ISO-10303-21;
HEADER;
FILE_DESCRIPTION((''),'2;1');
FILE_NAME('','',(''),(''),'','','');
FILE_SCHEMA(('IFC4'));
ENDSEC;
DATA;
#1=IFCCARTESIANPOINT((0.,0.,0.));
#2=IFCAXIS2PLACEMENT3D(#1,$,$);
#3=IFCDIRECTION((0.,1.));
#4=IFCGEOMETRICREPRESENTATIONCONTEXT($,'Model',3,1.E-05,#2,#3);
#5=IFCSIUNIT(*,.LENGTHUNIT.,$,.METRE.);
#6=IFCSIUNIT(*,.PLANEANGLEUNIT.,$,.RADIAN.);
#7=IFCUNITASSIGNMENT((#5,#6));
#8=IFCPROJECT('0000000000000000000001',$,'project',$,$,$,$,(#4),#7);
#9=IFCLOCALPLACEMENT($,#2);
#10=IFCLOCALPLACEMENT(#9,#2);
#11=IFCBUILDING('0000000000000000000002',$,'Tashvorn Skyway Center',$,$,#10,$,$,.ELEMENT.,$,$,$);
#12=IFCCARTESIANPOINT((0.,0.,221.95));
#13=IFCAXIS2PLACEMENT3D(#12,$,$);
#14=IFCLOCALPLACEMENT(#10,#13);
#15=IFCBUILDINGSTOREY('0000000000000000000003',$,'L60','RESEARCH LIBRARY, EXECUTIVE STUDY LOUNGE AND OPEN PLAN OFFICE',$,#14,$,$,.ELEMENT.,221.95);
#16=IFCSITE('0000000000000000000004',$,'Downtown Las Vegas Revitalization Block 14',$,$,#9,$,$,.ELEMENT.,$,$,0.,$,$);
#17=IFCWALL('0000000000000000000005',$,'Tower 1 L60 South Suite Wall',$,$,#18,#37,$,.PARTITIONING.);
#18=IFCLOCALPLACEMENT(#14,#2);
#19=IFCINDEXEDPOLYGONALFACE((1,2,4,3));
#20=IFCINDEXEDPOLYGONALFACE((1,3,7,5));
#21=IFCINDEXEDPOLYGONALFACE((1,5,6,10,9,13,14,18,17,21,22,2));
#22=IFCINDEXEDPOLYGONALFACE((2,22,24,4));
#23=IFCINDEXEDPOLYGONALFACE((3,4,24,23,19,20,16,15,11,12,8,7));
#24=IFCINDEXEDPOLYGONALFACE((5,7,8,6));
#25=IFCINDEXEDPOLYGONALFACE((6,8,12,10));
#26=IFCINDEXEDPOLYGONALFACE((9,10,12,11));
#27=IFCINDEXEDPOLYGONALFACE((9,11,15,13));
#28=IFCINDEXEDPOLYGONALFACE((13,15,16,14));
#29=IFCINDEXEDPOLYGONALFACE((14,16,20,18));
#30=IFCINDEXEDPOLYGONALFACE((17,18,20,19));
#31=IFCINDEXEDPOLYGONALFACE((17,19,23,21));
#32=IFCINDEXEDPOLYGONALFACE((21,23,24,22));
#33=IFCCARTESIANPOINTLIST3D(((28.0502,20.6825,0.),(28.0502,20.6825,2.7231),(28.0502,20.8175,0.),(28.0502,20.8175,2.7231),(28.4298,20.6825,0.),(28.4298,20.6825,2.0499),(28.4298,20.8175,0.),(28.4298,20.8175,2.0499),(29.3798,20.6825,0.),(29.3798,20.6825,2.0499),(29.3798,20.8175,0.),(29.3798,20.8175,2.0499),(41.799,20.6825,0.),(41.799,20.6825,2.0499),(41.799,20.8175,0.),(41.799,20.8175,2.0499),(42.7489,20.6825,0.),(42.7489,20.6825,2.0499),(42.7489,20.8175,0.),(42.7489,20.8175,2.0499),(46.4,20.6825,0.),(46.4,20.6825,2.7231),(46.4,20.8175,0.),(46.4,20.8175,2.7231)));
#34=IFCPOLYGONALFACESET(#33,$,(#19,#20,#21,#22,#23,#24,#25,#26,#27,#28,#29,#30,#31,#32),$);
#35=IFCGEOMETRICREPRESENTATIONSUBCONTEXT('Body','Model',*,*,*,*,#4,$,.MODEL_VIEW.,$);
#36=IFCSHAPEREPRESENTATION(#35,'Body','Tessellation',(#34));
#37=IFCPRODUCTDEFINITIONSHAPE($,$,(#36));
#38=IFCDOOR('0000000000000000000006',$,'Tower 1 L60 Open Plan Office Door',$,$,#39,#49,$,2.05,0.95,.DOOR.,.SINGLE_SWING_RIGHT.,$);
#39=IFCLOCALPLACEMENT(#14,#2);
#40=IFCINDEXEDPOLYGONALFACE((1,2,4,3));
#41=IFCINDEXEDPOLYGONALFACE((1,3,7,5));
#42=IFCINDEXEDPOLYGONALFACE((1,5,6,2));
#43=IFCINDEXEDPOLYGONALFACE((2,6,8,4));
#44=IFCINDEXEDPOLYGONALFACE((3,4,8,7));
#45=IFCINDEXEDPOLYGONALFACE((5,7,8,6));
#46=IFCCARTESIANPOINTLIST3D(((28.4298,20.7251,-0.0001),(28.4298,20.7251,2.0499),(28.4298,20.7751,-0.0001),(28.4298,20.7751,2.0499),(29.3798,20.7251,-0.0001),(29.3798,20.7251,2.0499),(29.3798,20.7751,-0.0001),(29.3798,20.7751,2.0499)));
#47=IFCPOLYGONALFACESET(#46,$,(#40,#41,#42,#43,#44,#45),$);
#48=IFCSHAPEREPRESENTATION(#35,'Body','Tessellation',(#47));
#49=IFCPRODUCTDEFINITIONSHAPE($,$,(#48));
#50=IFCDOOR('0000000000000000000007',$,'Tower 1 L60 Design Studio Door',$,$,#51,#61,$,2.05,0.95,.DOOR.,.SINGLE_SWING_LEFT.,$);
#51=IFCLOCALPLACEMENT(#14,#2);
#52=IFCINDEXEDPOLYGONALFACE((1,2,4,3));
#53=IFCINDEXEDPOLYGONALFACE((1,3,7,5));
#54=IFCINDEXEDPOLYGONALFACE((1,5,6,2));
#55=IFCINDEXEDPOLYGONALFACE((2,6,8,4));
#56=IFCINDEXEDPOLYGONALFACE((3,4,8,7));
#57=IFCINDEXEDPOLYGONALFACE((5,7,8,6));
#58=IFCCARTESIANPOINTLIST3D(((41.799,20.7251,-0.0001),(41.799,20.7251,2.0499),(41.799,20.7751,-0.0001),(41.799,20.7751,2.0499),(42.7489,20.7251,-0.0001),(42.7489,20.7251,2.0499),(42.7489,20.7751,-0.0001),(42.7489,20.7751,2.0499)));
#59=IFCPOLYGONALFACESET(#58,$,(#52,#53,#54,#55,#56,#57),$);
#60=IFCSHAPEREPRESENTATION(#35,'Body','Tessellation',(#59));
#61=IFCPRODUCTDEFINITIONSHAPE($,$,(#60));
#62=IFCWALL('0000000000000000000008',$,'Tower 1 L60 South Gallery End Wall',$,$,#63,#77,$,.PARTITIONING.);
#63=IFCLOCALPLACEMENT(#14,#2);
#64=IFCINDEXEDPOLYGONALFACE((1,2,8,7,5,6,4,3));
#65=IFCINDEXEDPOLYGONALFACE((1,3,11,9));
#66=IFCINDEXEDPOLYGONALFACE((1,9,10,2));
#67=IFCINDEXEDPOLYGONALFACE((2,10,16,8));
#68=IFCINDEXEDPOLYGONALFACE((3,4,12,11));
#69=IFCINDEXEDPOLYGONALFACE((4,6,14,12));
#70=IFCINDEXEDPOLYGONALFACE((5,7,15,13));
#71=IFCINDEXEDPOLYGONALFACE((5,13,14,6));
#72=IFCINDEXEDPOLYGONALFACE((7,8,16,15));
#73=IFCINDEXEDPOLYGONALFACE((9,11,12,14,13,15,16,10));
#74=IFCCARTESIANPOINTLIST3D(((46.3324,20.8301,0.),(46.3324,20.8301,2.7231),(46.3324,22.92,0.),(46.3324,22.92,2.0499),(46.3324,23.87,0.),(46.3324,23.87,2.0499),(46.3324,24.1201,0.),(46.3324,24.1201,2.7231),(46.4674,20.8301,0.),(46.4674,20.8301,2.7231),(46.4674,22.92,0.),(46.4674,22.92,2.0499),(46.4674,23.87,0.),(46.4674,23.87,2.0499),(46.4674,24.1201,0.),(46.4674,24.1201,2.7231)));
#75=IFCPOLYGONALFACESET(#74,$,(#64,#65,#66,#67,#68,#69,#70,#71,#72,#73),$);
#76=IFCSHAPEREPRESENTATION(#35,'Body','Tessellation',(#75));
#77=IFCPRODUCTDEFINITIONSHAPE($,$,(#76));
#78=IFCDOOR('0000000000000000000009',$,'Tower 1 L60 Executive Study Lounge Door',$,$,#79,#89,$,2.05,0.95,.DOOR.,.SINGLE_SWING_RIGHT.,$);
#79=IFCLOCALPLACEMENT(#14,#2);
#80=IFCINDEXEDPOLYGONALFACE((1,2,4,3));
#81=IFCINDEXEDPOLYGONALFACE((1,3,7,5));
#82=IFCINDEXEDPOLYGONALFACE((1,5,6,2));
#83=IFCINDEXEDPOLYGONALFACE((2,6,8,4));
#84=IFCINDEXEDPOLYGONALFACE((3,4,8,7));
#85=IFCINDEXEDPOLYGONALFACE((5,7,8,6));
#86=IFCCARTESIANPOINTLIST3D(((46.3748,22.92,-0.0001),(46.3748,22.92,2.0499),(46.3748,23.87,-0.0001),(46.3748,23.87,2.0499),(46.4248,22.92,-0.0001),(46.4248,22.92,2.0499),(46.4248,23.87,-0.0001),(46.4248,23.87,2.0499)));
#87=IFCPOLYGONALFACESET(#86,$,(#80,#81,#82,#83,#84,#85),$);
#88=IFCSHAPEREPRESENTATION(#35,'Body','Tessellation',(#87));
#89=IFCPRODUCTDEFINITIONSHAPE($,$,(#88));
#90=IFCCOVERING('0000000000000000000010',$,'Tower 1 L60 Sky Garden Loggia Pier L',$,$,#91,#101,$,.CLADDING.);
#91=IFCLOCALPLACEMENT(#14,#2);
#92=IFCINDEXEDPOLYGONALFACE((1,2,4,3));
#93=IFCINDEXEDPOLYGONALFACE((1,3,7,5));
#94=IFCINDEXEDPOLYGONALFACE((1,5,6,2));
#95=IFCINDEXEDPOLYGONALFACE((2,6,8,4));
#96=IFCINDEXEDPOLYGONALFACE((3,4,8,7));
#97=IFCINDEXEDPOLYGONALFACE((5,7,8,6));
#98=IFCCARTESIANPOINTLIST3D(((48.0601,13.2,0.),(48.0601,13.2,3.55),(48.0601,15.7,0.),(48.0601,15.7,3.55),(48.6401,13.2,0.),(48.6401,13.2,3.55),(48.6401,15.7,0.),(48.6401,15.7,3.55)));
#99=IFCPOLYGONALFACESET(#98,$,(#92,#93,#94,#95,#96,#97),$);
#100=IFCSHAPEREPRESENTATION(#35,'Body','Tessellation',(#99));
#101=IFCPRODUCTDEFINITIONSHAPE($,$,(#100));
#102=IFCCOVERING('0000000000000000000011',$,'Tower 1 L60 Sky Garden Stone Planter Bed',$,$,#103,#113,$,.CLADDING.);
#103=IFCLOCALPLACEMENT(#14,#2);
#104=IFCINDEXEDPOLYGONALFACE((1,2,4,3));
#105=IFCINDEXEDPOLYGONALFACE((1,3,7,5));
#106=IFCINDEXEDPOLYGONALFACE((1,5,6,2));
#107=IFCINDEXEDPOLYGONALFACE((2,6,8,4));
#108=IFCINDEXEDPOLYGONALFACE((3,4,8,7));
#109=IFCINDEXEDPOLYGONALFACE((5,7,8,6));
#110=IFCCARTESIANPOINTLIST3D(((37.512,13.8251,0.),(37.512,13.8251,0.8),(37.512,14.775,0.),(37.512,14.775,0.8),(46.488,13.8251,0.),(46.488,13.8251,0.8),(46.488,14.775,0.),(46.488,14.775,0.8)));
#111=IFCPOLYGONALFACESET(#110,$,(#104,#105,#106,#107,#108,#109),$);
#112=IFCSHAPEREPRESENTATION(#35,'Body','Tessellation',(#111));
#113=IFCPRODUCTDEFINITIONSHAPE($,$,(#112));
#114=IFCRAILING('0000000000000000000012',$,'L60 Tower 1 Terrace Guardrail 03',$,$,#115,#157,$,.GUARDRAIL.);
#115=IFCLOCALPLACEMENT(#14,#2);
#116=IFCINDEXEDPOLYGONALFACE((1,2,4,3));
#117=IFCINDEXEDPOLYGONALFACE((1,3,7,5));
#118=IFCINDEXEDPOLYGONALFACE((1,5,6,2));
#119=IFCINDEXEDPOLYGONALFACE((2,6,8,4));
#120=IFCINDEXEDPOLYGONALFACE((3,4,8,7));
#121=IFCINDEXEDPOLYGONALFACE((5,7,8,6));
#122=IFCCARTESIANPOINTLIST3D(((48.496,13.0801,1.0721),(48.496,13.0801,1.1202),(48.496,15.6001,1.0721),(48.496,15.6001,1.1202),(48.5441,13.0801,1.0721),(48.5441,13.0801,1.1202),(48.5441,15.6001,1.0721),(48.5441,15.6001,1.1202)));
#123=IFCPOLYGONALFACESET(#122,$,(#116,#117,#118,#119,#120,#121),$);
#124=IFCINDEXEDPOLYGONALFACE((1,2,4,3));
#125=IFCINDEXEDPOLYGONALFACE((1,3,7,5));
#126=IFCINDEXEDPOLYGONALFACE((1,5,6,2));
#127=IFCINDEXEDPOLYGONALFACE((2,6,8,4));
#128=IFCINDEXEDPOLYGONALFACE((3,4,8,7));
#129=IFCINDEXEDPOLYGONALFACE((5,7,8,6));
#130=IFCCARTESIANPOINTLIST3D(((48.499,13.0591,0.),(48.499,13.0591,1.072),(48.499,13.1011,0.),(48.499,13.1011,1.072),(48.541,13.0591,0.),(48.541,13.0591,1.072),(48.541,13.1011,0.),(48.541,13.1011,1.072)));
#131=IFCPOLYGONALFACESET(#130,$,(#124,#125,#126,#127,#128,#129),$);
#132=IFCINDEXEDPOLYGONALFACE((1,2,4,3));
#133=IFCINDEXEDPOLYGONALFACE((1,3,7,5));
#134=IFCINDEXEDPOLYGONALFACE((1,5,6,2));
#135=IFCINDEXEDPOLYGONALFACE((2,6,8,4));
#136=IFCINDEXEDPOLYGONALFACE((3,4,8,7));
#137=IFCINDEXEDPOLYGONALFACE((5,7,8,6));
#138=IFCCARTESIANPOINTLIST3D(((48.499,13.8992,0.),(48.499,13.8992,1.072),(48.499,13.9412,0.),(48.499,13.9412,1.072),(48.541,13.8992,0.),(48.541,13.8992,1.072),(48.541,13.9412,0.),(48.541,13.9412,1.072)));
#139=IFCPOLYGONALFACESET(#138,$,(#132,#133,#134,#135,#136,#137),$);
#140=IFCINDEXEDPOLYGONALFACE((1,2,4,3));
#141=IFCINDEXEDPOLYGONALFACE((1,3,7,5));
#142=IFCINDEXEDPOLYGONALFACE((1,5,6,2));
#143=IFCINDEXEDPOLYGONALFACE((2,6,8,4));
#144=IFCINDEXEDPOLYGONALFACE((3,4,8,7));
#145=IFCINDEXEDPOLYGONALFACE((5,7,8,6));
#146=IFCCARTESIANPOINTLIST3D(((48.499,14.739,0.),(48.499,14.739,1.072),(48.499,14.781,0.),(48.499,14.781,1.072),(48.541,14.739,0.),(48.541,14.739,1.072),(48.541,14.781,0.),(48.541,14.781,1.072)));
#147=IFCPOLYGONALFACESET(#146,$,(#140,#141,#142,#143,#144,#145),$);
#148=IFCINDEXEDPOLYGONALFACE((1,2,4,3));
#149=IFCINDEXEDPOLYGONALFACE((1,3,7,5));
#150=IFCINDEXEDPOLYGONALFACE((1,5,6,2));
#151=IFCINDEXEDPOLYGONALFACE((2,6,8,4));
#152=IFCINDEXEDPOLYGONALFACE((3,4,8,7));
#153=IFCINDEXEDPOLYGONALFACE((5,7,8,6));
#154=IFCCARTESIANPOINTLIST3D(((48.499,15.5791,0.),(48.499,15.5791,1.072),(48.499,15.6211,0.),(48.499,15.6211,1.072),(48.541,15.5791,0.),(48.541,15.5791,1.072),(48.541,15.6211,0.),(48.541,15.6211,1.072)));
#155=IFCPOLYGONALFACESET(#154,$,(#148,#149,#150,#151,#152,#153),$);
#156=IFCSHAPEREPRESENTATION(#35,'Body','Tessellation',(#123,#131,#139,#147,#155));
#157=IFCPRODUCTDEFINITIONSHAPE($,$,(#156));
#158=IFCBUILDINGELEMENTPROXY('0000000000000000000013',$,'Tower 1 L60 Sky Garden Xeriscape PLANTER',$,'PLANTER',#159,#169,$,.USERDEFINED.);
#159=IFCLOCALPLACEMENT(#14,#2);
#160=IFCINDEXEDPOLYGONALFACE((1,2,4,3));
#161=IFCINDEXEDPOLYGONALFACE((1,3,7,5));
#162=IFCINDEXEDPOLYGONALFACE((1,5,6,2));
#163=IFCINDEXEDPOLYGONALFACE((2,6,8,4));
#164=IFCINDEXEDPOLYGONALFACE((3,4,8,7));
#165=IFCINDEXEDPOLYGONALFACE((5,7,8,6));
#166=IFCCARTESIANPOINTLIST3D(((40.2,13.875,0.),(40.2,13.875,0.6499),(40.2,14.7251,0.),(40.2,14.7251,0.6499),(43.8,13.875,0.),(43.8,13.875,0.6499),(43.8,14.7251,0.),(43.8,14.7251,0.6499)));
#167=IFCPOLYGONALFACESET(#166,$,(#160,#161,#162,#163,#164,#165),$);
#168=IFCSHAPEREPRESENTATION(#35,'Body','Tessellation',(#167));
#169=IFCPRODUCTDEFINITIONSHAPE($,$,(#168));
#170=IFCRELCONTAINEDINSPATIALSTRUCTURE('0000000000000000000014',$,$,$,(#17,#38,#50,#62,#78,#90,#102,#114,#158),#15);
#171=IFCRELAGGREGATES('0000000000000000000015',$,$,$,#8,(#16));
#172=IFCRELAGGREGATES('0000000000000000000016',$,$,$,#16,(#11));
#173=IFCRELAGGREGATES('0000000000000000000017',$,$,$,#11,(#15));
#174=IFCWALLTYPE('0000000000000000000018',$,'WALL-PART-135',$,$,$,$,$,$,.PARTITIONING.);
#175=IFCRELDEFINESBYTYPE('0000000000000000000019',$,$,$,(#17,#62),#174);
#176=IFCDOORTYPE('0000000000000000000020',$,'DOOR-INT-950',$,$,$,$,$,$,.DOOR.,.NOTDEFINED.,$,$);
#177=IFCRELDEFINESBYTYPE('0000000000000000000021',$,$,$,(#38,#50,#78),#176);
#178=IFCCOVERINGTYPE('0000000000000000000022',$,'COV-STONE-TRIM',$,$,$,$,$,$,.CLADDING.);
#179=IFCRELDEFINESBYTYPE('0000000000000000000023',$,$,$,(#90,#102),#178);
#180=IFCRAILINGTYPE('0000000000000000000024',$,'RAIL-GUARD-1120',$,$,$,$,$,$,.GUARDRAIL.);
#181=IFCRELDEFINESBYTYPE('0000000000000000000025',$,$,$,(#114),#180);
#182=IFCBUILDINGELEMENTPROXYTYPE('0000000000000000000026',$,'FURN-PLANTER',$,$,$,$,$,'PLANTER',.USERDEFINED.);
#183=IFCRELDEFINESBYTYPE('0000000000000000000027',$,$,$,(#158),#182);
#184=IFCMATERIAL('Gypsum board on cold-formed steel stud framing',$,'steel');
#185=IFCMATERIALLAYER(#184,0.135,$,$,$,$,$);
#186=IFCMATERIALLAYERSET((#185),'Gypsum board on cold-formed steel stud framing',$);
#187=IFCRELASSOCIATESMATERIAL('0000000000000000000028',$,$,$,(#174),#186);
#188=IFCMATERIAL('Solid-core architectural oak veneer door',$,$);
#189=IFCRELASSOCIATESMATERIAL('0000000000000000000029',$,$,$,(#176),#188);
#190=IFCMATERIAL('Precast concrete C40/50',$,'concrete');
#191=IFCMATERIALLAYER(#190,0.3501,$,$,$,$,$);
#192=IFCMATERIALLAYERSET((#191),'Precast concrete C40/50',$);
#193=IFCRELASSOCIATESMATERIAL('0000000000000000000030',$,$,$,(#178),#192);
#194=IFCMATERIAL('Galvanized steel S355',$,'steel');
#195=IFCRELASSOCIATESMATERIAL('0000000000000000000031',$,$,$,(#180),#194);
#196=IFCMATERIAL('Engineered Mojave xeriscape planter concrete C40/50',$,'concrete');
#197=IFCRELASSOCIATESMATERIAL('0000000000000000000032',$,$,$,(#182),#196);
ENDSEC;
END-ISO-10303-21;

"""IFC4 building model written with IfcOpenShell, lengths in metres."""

from ifc_helpers import new_model, si_unit, direction, frame, frame_2d, origin, origin_2d, place, context, subcontext, project, spatial, rectangle, extrude, material, layer, layer_set, type_object, element, fill, save


model = new_model("IFC4")

# Units and contexts
model_context = context("Model", 3, precision=1e-05, world=origin(), true_north=direction((0.0, 1.0)))
body_context = subcontext(model_context, "Body", "Model", "MODEL_VIEW")
ifc_project = project(units=[si_unit("LENGTHUNIT", "METRE"), si_unit("PLANEANGLEUNIT", "RADIAN")], contexts=[model_context])

# Site, building, storey
site_placement = place(None, origin())
site = spatial("IfcSite", under=ifc_project, at=site_placement, Name="Downtown Las Vegas Revitalization Block 14", CompositionType="ELEMENT", RefElevation=0.0)
building_placement = place(site_placement, origin())
building = spatial("IfcBuilding", under=site, at=building_placement, Name="Tashvorn Skyway Center", CompositionType="ELEMENT")
storey_placement = place(building_placement, frame((0.0, 0.0, 221.95)))
storey = spatial("IfcBuildingStorey", under=building, at=storey_placement, Name="L60", Description="RESEARCH LIBRARY, EXECUTIVE STUDY LOUNGE AND OPEN PLAN OFFICE", CompositionType="ELEMENT", Elevation=221.95)

# Shared definitions
ifc_material_1 = material(Name="Gypsum board on cold-formed steel stud framing", Category="steel")

# Wall, openings, doors
ifc_layer_1 = layer(ifc_material_1, 0.135)
ifc_layer_set_1 = layer_set([ifc_layer_1], Name="Gypsum board on cold-formed steel stud framing")
wall_type_1 = type_object("IfcWallType", Name="WALL-PART-135", PredefinedType="PARTITIONING", material=ifc_layer_set_1)
wall_1_placement = place(storey_placement, frame((46.3999, 20.75, 0.0), z_axis=(0.0, 0.0, 1.0), x_axis=(-1.0, 0.0, 0.0)))
wall_1 = element("IfcWall", 1, at=wall_1_placement, inside=storey, type_object=wall_type_1, Name="Tower 1 L60 South Suite Wall", PredefinedType="PARTITIONING", context=body_context, shape_type="SweptSolid", body=[
    extrude(rectangle(XDim=18.3499, YDim=0.135, at=frame_2d((9.1748, 0.0))), origin(), (0.0, 0.0, 1.0), 2.7231),
])
opening_1_placement = place(wall_1_placement, frame((17.02, 0.0, 0.0)))
opening_1 = element("IfcOpeningElement", 2, at=opening_1_placement, cuts=wall_1, PredefinedType="OPENING", context=body_context, shape_type="SweptSolid", body=[
    extrude(rectangle(XDim=0.95, YDim=2.05, at=frame_2d((0.4751, 1.0249))), frame((0.0, 0.0774, 0.0), z_axis=(0.0, -1.0, 0.0), x_axis=(1.0, 0.0, 0.0)), (0.0, 0.0, 1.0), 0.155),
])
opening_2_placement = place(wall_1_placement, frame((3.6509, 0.0, 0.0)))
opening_2 = element("IfcOpeningElement", 3, at=opening_2_placement, cuts=wall_1, PredefinedType="OPENING", context=body_context, shape_type="SweptSolid", body=[
    extrude(rectangle(XDim=0.95, YDim=2.05, at=frame_2d((0.4751, 1.0249))), frame((0.0, 0.0774, 0.0), z_axis=(0.0, -1.0, 0.0), x_axis=(1.0, 0.0, 0.0)), (0.0, 0.0, 1.0), 0.155),
])
ifc_material_2 = material(Name="Solid-core architectural oak veneer door")
door_type = type_object("IfcDoorType", Name="DOOR-INT-950", OperationType="NOTDEFINED", PredefinedType="DOOR", material=ifc_material_2)
door_1_placement = place(opening_1_placement, origin())
door_1 = element("IfcDoor", 4, at=door_1_placement, inside=storey, type_object=door_type, Name="Tower 1 L60 Open Plan Office Door", OperationType="SINGLE_SWING_RIGHT", OverallHeight=2.05, OverallWidth=0.95, PredefinedType="DOOR", context=body_context, shape_type="SweptSolid", body=[
    extrude(rectangle(XDim=0.95, YDim=2.05, at=frame_2d((0.4751, 1.0249))), frame((0.0, 0.0249, 0.0), z_axis=(0.0, -1.0, 0.0), x_axis=(1.0, 0.0, 0.0)), (0.0, 0.0, 1.0), 0.05),
])
fill(opening_1, door_1)
door_2_placement = place(opening_2_placement, origin())
door_2 = element("IfcDoor", 5, at=door_2_placement, inside=storey, type_object=door_type, Name="Tower 1 L60 Design Studio Door", OperationType="SINGLE_SWING_LEFT", OverallHeight=2.05, OverallWidth=0.95, PredefinedType="DOOR", context=body_context, shape_type="SweptSolid", body=[
    extrude(rectangle(XDim=0.95, YDim=2.05, at=frame_2d((0.4751, 1.0249))), frame((0.0, 0.0249, 0.0), z_axis=(0.0, -1.0, 0.0), x_axis=(1.0, 0.0, 0.0)), (0.0, 0.0, 1.0), 0.05),
])
fill(opening_2, door_2)

# Wall, opening, door
wall_2_placement = place(storey_placement, frame((46.3999, 24.1201, 0.0), z_axis=(0.0, 0.0, 1.0), x_axis=(0.0, -1.0, 0.0)))
wall_2 = element("IfcWall", 6, at=wall_2_placement, inside=storey, type_object=wall_type_1, Name="Tower 1 L60 South Gallery End Wall", PredefinedType="PARTITIONING", context=body_context, shape_type="SweptSolid", body=[
    extrude(rectangle(XDim=3.29, YDim=0.135, at=frame_2d((1.645, 0.0))), origin(), (0.0, 0.0, 1.0), 2.7231),
])
opening_3_placement = place(wall_2_placement, frame((0.25, 0.0, 0.0)))
opening_3 = element("IfcOpeningElement", 7, at=opening_3_placement, cuts=wall_2, PredefinedType="OPENING", context=body_context, shape_type="SweptSolid", body=[
    extrude(rectangle(XDim=0.95, YDim=2.05, at=frame_2d((0.4751, 1.0249))), frame((0.0, 0.0774, 0.0), z_axis=(0.0, -1.0, 0.0), x_axis=(1.0, 0.0, 0.0)), (0.0, 0.0, 1.0), 0.155),
])
door_3_placement = place(opening_3_placement, origin())
door_3 = element("IfcDoor", 8, at=door_3_placement, inside=storey, type_object=door_type, Name="Tower 1 L60 Executive Study Lounge Door", OperationType="SINGLE_SWING_RIGHT", OverallHeight=2.05, OverallWidth=0.95, PredefinedType="DOOR", context=body_context, shape_type="SweptSolid", body=[
    extrude(rectangle(XDim=0.95, YDim=2.05, at=frame_2d((0.4751, 1.0249))), frame((0.0, 0.0249, 0.0), z_axis=(0.0, -1.0, 0.0), x_axis=(1.0, 0.0, 0.0)), (0.0, 0.0, 1.0), 0.05),
])
fill(opening_3, door_3)

# Coverings
ifc_material_3 = material(Name="Precast concrete C40/50", Category="concrete")
ifc_layer_2 = layer(ifc_material_3, 0.3501)
ifc_layer_set_2 = layer_set([ifc_layer_2], Name="Precast concrete C40/50")
covering_type = type_object("IfcCoveringType", Name="COV-STONE-TRIM", PredefinedType="CLADDING", material=ifc_layer_set_2)
covering_1_placement = place(storey_placement, frame((48.3501, 14.45, 0.0), z_axis=(0.0, 0.0, 1.0), x_axis=(-1.0, 0.0, 0.0)))
element("IfcCovering", 9, at=covering_1_placement, inside=storey, type_object=covering_type, Name="Tower 1 L60 Sky Garden Loggia Pier L", PredefinedType="CLADDING", context=body_context, shape_type="SweptSolid", body=[
    extrude(rectangle(XDim=0.5801, YDim=2.5, at=origin_2d()), origin(), (0.0, 0.0, 1.0), 3.55),
])
covering_2_placement = place(storey_placement, frame((42.0, 14.3, 0.0), z_axis=(0.0, 0.0, 1.0), x_axis=(-1.0, 0.0, 0.0)))
element("IfcCovering", 10, at=covering_2_placement, inside=storey, type_object=covering_type, Name="Tower 1 L60 Sky Garden Stone Planter Bed", PredefinedType="CLADDING", context=body_context, shape_type="SweptSolid", body=[
    extrude(rectangle(XDim=8.9761, YDim=0.95, at=origin_2d()), origin(), (0.0, 0.0, 1.0), 0.8),
])

# Railing
ifc_material_4 = material(Name="Galvanized steel S355", Category="steel")
railing_type = type_object("IfcRailingType", Name="RAIL-GUARD-1120", PredefinedType="GUARDRAIL", material=ifc_material_4)
railing_placement = place(storey_placement, frame((48.52, 13.0801, 0.0)))
element("IfcRailing", 11, at=railing_placement, inside=storey, type_object=railing_type, Name="L60 Tower 1 Terrace Guardrail 03", PredefinedType="GUARDRAIL", context=body_context, shape_type="SweptSolid", body=[
    extrude(rectangle(XDim=0.0481, YDim=0.0481, at=origin_2d()), frame((0.0, 0.0, 1.0962), z_axis=(0.0, 1.0, 0.0), x_axis=(-1.0, 0.0, 0.0)), (0.0, 0.0, 1.0), 2.52),
    extrude(rectangle(XDim=0.042, YDim=0.042, at=origin_2d()), origin(), (0.0, 0.0, 1.0), 1.072),
    extrude(rectangle(XDim=0.042, YDim=0.042, at=origin_2d()), frame((0.0, 0.8401, 0.0)), (0.0, 0.0, 1.0), 1.072),
    extrude(rectangle(XDim=0.042, YDim=0.042, at=origin_2d()), frame((0.0, 1.6799, 0.0)), (0.0, 0.0, 1.0), 1.072),
    extrude(rectangle(XDim=0.042, YDim=0.042, at=origin_2d()), frame((0.0, 2.52, 0.0)), (0.0, 0.0, 1.0), 1.072),
])

# Building element proxy
ifc_material_5 = material(Name="Engineered Mojave xeriscape planter concrete C40/50", Category="concrete")
building_element_proxy_type = type_object("IfcBuildingElementProxyType", Name="FURN-PLANTER", ElementType="PLANTER", PredefinedType="USERDEFINED", material=ifc_material_5)
proxy_placement = place(storey_placement, frame((42.0, 14.3, 0.0), z_axis=(0.0, 0.0, 1.0), x_axis=(-1.0, 0.0, 0.0)))
element("IfcBuildingElementProxy", 12, at=proxy_placement, inside=storey, type_object=building_element_proxy_type, Name="Tower 1 L60 Sky Garden Xeriscape PLANTER", ObjectType="PLANTER", PredefinedType="USERDEFINED", context=body_context, shape_type="SweptSolid", body=[
    extrude(rectangle(XDim=3.6001, YDim=0.8501, at=origin_2d()), origin(), (0.0, 0.0, 1.0), 0.6499),
])

save(model, "model.ifc")
